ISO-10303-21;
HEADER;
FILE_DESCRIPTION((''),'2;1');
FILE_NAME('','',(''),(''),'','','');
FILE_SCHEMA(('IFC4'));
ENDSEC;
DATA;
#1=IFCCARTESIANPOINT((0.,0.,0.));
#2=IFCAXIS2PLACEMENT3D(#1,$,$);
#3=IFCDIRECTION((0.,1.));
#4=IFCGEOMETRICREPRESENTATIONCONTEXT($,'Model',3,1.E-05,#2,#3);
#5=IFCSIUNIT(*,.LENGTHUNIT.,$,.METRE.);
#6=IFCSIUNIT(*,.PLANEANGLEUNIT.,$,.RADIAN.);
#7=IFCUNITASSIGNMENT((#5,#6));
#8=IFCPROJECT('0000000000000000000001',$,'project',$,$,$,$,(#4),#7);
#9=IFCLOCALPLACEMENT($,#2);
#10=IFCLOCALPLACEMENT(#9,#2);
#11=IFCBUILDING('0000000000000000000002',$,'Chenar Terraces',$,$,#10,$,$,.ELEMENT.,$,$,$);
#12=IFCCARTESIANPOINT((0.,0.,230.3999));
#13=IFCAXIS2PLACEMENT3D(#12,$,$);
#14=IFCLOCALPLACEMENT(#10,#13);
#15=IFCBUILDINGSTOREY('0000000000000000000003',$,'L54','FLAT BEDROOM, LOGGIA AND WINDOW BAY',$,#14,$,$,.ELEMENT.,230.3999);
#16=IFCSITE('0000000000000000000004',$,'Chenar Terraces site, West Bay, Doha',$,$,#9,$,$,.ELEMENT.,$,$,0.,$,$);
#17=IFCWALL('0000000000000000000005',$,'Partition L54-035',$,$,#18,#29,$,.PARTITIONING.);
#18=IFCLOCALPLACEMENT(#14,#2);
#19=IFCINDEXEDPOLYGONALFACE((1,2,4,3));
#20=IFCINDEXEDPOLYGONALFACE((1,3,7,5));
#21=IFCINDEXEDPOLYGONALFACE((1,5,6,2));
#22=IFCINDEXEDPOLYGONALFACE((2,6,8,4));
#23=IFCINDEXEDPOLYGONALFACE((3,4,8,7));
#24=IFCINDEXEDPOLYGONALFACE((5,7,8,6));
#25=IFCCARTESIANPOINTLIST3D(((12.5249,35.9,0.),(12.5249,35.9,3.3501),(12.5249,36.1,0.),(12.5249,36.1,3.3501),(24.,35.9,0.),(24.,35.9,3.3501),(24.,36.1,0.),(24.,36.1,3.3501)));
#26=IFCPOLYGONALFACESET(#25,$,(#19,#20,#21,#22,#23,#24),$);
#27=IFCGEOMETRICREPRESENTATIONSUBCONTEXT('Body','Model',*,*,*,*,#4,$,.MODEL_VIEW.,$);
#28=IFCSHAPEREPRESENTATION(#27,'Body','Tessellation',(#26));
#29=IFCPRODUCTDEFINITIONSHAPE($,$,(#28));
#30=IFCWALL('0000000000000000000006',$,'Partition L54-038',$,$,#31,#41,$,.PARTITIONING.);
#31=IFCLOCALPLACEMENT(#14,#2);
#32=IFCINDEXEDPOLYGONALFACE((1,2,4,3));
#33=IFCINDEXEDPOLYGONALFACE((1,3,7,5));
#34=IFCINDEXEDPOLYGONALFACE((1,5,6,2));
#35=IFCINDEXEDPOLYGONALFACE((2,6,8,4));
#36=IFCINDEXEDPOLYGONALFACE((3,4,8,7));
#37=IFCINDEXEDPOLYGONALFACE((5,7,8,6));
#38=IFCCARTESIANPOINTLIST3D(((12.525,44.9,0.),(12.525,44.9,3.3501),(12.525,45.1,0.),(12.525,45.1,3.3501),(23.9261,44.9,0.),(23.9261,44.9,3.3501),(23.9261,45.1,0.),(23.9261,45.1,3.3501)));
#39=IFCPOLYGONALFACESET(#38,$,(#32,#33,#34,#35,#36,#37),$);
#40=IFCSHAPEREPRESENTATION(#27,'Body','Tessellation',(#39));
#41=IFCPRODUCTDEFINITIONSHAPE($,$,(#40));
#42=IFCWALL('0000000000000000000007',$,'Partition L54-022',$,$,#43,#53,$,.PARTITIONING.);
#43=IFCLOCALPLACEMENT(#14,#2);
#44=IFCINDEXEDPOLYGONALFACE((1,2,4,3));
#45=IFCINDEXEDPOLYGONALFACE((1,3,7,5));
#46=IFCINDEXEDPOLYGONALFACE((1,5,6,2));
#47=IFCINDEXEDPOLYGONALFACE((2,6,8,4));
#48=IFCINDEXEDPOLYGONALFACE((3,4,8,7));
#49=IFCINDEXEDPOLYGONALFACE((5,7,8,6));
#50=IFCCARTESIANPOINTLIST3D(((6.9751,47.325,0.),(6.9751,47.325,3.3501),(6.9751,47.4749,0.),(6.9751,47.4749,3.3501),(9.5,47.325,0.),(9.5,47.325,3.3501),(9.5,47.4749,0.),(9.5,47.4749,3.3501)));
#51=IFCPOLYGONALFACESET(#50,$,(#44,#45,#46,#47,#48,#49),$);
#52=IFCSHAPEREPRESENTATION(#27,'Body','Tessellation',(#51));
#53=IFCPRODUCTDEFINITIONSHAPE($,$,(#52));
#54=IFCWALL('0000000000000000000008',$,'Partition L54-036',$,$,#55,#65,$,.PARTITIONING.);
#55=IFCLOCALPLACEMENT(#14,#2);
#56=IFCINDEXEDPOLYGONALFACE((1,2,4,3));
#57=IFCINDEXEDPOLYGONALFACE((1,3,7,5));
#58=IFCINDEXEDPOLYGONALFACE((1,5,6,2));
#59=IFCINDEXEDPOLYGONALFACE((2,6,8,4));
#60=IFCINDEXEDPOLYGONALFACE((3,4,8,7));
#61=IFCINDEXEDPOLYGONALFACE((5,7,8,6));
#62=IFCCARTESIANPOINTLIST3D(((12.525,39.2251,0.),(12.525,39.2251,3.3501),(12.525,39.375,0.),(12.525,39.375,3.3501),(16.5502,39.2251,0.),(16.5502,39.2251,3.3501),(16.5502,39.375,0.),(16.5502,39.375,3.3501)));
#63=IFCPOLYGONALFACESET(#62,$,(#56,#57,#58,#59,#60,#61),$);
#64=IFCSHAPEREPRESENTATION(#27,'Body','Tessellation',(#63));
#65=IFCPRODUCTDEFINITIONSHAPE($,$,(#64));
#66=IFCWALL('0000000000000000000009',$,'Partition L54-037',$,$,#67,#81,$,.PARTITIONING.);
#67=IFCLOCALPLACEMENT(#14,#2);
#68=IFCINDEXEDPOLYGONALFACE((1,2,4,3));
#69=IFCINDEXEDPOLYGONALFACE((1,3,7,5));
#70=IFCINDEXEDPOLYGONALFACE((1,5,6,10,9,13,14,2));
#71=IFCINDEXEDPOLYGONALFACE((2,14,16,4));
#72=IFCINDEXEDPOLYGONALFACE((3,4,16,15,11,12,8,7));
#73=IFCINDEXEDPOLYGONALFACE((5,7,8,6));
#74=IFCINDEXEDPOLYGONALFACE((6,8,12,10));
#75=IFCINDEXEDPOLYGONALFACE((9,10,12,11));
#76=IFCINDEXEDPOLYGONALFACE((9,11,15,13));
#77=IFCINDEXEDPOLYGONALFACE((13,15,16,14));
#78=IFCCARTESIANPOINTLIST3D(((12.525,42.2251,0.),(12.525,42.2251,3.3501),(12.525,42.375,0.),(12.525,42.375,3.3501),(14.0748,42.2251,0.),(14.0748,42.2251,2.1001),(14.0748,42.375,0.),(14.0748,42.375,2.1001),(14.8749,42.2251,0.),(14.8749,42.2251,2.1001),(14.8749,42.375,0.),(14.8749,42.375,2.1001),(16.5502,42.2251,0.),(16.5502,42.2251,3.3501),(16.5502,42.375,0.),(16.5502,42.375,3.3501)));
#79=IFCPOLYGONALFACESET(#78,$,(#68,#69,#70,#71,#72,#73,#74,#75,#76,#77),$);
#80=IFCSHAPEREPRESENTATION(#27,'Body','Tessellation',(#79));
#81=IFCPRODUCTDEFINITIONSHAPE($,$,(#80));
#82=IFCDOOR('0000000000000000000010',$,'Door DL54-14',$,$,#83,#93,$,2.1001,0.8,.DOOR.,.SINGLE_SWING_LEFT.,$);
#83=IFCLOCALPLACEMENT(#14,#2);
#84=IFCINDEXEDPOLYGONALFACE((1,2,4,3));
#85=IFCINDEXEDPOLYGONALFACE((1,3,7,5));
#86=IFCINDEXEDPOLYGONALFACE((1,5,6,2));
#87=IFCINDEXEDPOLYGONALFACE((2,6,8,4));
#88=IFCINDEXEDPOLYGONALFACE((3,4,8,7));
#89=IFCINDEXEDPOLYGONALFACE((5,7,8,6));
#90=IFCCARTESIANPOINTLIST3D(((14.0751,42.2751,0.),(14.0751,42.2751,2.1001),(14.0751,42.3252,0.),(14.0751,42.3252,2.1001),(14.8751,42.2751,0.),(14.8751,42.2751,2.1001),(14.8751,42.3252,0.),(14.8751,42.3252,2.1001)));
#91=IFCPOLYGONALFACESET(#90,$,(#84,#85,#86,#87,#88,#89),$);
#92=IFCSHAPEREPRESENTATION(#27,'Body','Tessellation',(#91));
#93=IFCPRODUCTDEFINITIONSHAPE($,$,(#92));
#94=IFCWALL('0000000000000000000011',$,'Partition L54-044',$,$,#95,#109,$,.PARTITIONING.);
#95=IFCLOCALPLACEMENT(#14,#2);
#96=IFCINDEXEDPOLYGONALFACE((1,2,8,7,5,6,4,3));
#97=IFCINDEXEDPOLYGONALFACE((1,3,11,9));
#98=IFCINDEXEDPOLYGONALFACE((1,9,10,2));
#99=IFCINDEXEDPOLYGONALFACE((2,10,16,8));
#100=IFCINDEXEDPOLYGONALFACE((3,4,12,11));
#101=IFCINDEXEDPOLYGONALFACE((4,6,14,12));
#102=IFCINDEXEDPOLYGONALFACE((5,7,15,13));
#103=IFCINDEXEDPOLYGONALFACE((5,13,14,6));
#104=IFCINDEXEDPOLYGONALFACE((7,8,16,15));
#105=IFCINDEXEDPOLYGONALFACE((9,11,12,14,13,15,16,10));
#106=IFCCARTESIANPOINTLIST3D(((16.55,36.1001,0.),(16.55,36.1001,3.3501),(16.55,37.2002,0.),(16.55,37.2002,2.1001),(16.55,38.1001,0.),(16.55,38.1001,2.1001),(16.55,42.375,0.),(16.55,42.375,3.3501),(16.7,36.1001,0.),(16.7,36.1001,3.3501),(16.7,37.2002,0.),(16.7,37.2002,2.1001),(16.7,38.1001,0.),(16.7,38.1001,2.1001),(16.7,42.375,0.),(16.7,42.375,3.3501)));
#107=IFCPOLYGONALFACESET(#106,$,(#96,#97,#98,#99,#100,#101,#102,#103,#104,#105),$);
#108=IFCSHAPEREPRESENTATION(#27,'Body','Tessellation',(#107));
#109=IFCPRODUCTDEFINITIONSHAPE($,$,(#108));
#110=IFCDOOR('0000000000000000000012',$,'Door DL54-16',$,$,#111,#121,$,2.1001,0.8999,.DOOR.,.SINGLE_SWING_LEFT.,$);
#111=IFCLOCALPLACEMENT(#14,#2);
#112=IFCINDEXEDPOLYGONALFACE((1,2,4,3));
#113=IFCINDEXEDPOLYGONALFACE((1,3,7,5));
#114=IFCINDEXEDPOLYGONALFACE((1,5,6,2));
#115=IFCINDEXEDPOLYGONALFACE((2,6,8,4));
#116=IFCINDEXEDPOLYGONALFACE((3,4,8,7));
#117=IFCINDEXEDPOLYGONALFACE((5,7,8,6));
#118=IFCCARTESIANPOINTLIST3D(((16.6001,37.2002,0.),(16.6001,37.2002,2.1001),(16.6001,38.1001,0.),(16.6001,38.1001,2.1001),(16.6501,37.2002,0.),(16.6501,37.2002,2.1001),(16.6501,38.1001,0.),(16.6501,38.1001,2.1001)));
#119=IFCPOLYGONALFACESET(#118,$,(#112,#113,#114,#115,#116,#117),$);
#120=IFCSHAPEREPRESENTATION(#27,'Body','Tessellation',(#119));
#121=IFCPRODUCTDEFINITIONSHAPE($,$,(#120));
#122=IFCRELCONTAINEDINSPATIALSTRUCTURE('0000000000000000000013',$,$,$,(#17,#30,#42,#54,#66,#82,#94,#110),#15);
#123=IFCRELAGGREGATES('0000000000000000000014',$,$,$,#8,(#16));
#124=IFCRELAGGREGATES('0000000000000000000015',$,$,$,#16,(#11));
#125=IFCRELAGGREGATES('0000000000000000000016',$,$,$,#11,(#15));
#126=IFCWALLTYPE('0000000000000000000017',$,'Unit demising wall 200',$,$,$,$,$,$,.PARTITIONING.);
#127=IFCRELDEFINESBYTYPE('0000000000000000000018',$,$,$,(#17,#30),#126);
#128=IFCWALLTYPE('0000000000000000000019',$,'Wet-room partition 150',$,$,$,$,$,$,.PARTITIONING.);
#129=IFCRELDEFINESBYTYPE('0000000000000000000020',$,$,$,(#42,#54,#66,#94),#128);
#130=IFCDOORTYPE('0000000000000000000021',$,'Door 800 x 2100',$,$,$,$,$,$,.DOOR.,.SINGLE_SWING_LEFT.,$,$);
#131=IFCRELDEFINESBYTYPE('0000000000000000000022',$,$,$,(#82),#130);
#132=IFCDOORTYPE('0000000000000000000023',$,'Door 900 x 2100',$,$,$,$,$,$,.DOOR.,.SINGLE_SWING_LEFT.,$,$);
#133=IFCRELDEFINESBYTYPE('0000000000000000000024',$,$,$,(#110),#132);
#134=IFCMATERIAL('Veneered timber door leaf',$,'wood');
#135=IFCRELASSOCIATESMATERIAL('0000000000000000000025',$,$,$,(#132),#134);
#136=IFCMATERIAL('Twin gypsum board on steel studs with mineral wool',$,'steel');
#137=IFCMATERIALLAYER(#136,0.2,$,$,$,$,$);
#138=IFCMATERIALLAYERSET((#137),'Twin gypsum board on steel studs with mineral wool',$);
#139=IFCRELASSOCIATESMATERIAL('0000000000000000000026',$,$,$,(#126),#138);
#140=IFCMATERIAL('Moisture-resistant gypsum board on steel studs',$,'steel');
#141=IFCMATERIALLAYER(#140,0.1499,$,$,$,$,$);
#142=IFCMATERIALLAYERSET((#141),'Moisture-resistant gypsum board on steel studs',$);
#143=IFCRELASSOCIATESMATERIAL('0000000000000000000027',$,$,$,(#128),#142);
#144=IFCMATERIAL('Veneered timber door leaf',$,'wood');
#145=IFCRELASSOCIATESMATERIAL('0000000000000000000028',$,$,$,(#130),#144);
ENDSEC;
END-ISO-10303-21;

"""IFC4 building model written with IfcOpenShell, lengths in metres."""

from ifc_helpers import new_model, si_unit, direction, frame, frame_2d, origin, place, context, subcontext, project, spatial, rectangle, extrude, material, layer, layer_set, type_object, element, fill, save


model = new_model("IFC4")

# Units and contexts
model_context = context("Model", 3, precision=1e-05, world=origin(), true_north=direction((0.0, 1.0)))
body_context = subcontext(model_context, "Body", "Model", "MODEL_VIEW")
ifc_project = project(units=[si_unit("LENGTHUNIT", "METRE"), si_unit("PLANEANGLEUNIT", "RADIAN")], contexts=[model_context])

# Site, building, storey
site_placement = place(None, origin())
site = spatial("IfcSite", under=ifc_project, at=site_placement, Name="Chenar Terraces site, West Bay, Doha", CompositionType="ELEMENT", RefElevation=0.0)
building_placement = place(site_placement, origin())
building = spatial("IfcBuilding", under=site, at=building_placement, Name="Chenar Terraces", CompositionType="ELEMENT")
storey_placement = place(building_placement, frame((0.0, 0.0, 230.3999)))
storey = spatial("IfcBuildingStorey", under=building, at=storey_placement, Name="L54", Description="FLAT BEDROOM, LOGGIA AND WINDOW BAY", CompositionType="ELEMENT", Elevation=230.3999)

# Shared definitions
ifc_material_1 = material(Name="Veneered timber door leaf", Category="wood")
door_type_1 = type_object("IfcDoorType", Name="Door 900 x 2100", OperationType="SINGLE_SWING_LEFT", PredefinedType="DOOR", material=ifc_material_1)

# Walls
ifc_material_2 = material(Name="Twin gypsum board on steel studs with mineral wool", Category="steel")
ifc_layer_1 = layer(ifc_material_2, 0.2)
ifc_layer_set_1 = layer_set([ifc_layer_1], Name="Twin gypsum board on steel studs with mineral wool")
wall_type_1 = type_object("IfcWallType", Name="Unit demising wall 200", PredefinedType="PARTITIONING", material=ifc_layer_set_1)
wall_1_placement = place(storey_placement, frame((12.5249, 36.0, 0.0), z_axis=(0.0, 0.0, 1.0), x_axis=(1.0, 0.0, 0.0)))
element("IfcWall", 1, at=wall_1_placement, inside=storey, type_object=wall_type_1, Name="Partition L54-035", PredefinedType="PARTITIONING", context=body_context, shape_type="SweptSolid", body=[
    extrude(rectangle(XDim=11.4751, YDim=0.2, at=frame_2d((5.7375, 0.0))), origin(), (0.0, 0.0, 1.0), 3.3501),
])
wall_2_placement = place(storey_placement, frame((12.5249, 45.0, 0.0), z_axis=(0.0, 0.0, 1.0), x_axis=(1.0, 0.0, 0.0)))
element("IfcWall", 2, at=wall_2_placement, inside=storey, type_object=wall_type_1, Name="Partition L54-038", PredefinedType="PARTITIONING", context=body_context, shape_type="SweptSolid", body=[
    extrude(rectangle(XDim=11.4011, YDim=0.2, at=frame_2d((5.7007, 0.0))), origin(), (0.0, 0.0, 1.0), 3.3501),
])
ifc_material_3 = material(Name="Moisture-resistant gypsum board on steel studs", Category="steel")
ifc_layer_2 = layer(ifc_material_3, 0.1499)
ifc_layer_set_2 = layer_set([ifc_layer_2], Name="Moisture-resistant gypsum board on steel studs")
wall_type_2 = type_object("IfcWallType", Name="Wet-room partition 150", PredefinedType="PARTITIONING", material=ifc_layer_set_2)
wall_3_placement = place(storey_placement, frame((6.9751, 47.3999, 0.0), z_axis=(0.0, 0.0, 1.0), x_axis=(1.0, 0.0, 0.0)))
element("IfcWall", 3, at=wall_3_placement, inside=storey, type_object=wall_type_2, Name="Partition L54-022", PredefinedType="PARTITIONING", context=body_context, shape_type="SweptSolid", body=[
    extrude(rectangle(XDim=2.5249, YDim=0.1499, at=frame_2d((1.2625, 0.0))), origin(), (0.0, 0.0, 1.0), 3.3501),
])
wall_4_placement = place(storey_placement, frame((12.5249, 39.3, 0.0), z_axis=(0.0, 0.0, 1.0), x_axis=(1.0, 0.0, 0.0)))
element("IfcWall", 4, at=wall_4_placement, inside=storey, type_object=wall_type_2, Name="Partition L54-036", PredefinedType="PARTITIONING", context=body_context, shape_type="SweptSolid", body=[
    extrude(rectangle(XDim=4.0251, YDim=0.1499, at=frame_2d((2.0127, 0.0))), origin(), (0.0, 0.0, 1.0), 3.3501),
])

# Walls, openings, doors
wall_5_placement = place(storey_placement, frame((12.5249, 42.3, 0.0), z_axis=(0.0, 0.0, 1.0), x_axis=(1.0, 0.0, 0.0)))
wall_5 = element("IfcWall", 5, at=wall_5_placement, inside=storey, type_object=wall_type_2, Name="Partition L54-037", PredefinedType="PARTITIONING", context=body_context, shape_type="SweptSolid", body=[
    extrude(rectangle(XDim=4.0251, YDim=0.1499, at=frame_2d((2.0127, 0.0))), origin(), (0.0, 0.0, 1.0), 3.3501),
])
opening_1_placement = place(wall_5_placement, frame((1.55, 0.0, 0.0)))
opening_1 = element("IfcOpeningElement", 6, at=opening_1_placement, cuts=wall_5, PredefinedType="OPENING", context=body_context, shape_type="SweptSolid", body=[
    extrude(rectangle(XDim=0.8, YDim=2.1001, at=frame_2d((0.3999, 1.05))), frame((0.0, 0.085, 0.0), z_axis=(0.0, -1.0, 0.0), x_axis=(1.0, 0.0, 0.0)), (0.0, 0.0, 1.0), 0.1699),
])
ifc_material_4 = material(Name="Veneered timber door leaf", Category="wood")
door_type_2 = type_object("IfcDoorType", Name="Door 800 x 2100", OperationType="SINGLE_SWING_LEFT", PredefinedType="DOOR", material=ifc_material_4)
door_1_placement = place(opening_1_placement, frame((0.8, 0.0, 0.0), z_axis=(0.0, 0.0, 1.0), x_axis=(-1.0, 0.0, 0.0)))
door_1 = element("IfcDoor", 7, at=door_1_placement, inside=storey, type_object=door_type_2, Name="Door DL54-14", OperationType="SINGLE_SWING_LEFT", OverallHeight=2.1001, OverallWidth=0.8, PredefinedType="DOOR", context=body_context, shape_type="SweptSolid", body=[
    extrude(rectangle(XDim=0.8, YDim=2.1001, at=frame_2d((0.3999, 1.05))), frame((0.0, 0.0249, 0.0), z_axis=(0.0, -1.0, 0.0), x_axis=(1.0, 0.0, 0.0)), (0.0, 0.0, 1.0), 0.05),
])
fill(opening_1, door_1)
wall_6_placement = place(storey_placement, frame((16.625, 36.1001, 0.0), z_axis=(0.0, 0.0, 1.0), x_axis=(0.0, 1.0, 0.0)))
wall_6 = element("IfcWall", 8, at=wall_6_placement, inside=storey, type_object=wall_type_2, Name="Partition L54-044", PredefinedType="PARTITIONING", context=body_context, shape_type="SweptSolid", body=[
    extrude(rectangle(XDim=6.2749, YDim=0.1499, at=frame_2d((3.1375, 0.0))), origin(), (0.0, 0.0, 1.0), 3.3501),
])
opening_2_placement = place(wall_6_placement, frame((1.1001, 0.0, 0.0)))
opening_2 = element("IfcOpeningElement", 9, at=opening_2_placement, cuts=wall_6, PredefinedType="OPENING", context=body_context, shape_type="SweptSolid", body=[
    extrude(rectangle(XDim=0.8999, YDim=2.1001, at=frame_2d((0.45, 1.05))), frame((0.0, 0.085, 0.0), z_axis=(0.0, -1.0, 0.0), x_axis=(1.0, 0.0, 0.0)), (0.0, 0.0, 1.0), 0.1699),
])
door_2_placement = place(opening_2_placement, origin())
door_2 = element("IfcDoor", 10, at=door_2_placement, inside=storey, type_object=door_type_1, Name="Door DL54-16", OperationType="SINGLE_SWING_LEFT", OverallHeight=2.1001, OverallWidth=0.8999, PredefinedType="DOOR", context=body_context, shape_type="SweptSolid", body=[
    extrude(rectangle(XDim=0.8999, YDim=2.1001, at=frame_2d((0.45, 1.05))), frame((0.0, 0.0249, 0.0), z_axis=(0.0, -1.0, 0.0), x_axis=(1.0, 0.0, 0.0)), (0.0, 0.0, 1.0), 0.05),
])
fill(opening_2, door_2)

save(model, "model.ifc")
